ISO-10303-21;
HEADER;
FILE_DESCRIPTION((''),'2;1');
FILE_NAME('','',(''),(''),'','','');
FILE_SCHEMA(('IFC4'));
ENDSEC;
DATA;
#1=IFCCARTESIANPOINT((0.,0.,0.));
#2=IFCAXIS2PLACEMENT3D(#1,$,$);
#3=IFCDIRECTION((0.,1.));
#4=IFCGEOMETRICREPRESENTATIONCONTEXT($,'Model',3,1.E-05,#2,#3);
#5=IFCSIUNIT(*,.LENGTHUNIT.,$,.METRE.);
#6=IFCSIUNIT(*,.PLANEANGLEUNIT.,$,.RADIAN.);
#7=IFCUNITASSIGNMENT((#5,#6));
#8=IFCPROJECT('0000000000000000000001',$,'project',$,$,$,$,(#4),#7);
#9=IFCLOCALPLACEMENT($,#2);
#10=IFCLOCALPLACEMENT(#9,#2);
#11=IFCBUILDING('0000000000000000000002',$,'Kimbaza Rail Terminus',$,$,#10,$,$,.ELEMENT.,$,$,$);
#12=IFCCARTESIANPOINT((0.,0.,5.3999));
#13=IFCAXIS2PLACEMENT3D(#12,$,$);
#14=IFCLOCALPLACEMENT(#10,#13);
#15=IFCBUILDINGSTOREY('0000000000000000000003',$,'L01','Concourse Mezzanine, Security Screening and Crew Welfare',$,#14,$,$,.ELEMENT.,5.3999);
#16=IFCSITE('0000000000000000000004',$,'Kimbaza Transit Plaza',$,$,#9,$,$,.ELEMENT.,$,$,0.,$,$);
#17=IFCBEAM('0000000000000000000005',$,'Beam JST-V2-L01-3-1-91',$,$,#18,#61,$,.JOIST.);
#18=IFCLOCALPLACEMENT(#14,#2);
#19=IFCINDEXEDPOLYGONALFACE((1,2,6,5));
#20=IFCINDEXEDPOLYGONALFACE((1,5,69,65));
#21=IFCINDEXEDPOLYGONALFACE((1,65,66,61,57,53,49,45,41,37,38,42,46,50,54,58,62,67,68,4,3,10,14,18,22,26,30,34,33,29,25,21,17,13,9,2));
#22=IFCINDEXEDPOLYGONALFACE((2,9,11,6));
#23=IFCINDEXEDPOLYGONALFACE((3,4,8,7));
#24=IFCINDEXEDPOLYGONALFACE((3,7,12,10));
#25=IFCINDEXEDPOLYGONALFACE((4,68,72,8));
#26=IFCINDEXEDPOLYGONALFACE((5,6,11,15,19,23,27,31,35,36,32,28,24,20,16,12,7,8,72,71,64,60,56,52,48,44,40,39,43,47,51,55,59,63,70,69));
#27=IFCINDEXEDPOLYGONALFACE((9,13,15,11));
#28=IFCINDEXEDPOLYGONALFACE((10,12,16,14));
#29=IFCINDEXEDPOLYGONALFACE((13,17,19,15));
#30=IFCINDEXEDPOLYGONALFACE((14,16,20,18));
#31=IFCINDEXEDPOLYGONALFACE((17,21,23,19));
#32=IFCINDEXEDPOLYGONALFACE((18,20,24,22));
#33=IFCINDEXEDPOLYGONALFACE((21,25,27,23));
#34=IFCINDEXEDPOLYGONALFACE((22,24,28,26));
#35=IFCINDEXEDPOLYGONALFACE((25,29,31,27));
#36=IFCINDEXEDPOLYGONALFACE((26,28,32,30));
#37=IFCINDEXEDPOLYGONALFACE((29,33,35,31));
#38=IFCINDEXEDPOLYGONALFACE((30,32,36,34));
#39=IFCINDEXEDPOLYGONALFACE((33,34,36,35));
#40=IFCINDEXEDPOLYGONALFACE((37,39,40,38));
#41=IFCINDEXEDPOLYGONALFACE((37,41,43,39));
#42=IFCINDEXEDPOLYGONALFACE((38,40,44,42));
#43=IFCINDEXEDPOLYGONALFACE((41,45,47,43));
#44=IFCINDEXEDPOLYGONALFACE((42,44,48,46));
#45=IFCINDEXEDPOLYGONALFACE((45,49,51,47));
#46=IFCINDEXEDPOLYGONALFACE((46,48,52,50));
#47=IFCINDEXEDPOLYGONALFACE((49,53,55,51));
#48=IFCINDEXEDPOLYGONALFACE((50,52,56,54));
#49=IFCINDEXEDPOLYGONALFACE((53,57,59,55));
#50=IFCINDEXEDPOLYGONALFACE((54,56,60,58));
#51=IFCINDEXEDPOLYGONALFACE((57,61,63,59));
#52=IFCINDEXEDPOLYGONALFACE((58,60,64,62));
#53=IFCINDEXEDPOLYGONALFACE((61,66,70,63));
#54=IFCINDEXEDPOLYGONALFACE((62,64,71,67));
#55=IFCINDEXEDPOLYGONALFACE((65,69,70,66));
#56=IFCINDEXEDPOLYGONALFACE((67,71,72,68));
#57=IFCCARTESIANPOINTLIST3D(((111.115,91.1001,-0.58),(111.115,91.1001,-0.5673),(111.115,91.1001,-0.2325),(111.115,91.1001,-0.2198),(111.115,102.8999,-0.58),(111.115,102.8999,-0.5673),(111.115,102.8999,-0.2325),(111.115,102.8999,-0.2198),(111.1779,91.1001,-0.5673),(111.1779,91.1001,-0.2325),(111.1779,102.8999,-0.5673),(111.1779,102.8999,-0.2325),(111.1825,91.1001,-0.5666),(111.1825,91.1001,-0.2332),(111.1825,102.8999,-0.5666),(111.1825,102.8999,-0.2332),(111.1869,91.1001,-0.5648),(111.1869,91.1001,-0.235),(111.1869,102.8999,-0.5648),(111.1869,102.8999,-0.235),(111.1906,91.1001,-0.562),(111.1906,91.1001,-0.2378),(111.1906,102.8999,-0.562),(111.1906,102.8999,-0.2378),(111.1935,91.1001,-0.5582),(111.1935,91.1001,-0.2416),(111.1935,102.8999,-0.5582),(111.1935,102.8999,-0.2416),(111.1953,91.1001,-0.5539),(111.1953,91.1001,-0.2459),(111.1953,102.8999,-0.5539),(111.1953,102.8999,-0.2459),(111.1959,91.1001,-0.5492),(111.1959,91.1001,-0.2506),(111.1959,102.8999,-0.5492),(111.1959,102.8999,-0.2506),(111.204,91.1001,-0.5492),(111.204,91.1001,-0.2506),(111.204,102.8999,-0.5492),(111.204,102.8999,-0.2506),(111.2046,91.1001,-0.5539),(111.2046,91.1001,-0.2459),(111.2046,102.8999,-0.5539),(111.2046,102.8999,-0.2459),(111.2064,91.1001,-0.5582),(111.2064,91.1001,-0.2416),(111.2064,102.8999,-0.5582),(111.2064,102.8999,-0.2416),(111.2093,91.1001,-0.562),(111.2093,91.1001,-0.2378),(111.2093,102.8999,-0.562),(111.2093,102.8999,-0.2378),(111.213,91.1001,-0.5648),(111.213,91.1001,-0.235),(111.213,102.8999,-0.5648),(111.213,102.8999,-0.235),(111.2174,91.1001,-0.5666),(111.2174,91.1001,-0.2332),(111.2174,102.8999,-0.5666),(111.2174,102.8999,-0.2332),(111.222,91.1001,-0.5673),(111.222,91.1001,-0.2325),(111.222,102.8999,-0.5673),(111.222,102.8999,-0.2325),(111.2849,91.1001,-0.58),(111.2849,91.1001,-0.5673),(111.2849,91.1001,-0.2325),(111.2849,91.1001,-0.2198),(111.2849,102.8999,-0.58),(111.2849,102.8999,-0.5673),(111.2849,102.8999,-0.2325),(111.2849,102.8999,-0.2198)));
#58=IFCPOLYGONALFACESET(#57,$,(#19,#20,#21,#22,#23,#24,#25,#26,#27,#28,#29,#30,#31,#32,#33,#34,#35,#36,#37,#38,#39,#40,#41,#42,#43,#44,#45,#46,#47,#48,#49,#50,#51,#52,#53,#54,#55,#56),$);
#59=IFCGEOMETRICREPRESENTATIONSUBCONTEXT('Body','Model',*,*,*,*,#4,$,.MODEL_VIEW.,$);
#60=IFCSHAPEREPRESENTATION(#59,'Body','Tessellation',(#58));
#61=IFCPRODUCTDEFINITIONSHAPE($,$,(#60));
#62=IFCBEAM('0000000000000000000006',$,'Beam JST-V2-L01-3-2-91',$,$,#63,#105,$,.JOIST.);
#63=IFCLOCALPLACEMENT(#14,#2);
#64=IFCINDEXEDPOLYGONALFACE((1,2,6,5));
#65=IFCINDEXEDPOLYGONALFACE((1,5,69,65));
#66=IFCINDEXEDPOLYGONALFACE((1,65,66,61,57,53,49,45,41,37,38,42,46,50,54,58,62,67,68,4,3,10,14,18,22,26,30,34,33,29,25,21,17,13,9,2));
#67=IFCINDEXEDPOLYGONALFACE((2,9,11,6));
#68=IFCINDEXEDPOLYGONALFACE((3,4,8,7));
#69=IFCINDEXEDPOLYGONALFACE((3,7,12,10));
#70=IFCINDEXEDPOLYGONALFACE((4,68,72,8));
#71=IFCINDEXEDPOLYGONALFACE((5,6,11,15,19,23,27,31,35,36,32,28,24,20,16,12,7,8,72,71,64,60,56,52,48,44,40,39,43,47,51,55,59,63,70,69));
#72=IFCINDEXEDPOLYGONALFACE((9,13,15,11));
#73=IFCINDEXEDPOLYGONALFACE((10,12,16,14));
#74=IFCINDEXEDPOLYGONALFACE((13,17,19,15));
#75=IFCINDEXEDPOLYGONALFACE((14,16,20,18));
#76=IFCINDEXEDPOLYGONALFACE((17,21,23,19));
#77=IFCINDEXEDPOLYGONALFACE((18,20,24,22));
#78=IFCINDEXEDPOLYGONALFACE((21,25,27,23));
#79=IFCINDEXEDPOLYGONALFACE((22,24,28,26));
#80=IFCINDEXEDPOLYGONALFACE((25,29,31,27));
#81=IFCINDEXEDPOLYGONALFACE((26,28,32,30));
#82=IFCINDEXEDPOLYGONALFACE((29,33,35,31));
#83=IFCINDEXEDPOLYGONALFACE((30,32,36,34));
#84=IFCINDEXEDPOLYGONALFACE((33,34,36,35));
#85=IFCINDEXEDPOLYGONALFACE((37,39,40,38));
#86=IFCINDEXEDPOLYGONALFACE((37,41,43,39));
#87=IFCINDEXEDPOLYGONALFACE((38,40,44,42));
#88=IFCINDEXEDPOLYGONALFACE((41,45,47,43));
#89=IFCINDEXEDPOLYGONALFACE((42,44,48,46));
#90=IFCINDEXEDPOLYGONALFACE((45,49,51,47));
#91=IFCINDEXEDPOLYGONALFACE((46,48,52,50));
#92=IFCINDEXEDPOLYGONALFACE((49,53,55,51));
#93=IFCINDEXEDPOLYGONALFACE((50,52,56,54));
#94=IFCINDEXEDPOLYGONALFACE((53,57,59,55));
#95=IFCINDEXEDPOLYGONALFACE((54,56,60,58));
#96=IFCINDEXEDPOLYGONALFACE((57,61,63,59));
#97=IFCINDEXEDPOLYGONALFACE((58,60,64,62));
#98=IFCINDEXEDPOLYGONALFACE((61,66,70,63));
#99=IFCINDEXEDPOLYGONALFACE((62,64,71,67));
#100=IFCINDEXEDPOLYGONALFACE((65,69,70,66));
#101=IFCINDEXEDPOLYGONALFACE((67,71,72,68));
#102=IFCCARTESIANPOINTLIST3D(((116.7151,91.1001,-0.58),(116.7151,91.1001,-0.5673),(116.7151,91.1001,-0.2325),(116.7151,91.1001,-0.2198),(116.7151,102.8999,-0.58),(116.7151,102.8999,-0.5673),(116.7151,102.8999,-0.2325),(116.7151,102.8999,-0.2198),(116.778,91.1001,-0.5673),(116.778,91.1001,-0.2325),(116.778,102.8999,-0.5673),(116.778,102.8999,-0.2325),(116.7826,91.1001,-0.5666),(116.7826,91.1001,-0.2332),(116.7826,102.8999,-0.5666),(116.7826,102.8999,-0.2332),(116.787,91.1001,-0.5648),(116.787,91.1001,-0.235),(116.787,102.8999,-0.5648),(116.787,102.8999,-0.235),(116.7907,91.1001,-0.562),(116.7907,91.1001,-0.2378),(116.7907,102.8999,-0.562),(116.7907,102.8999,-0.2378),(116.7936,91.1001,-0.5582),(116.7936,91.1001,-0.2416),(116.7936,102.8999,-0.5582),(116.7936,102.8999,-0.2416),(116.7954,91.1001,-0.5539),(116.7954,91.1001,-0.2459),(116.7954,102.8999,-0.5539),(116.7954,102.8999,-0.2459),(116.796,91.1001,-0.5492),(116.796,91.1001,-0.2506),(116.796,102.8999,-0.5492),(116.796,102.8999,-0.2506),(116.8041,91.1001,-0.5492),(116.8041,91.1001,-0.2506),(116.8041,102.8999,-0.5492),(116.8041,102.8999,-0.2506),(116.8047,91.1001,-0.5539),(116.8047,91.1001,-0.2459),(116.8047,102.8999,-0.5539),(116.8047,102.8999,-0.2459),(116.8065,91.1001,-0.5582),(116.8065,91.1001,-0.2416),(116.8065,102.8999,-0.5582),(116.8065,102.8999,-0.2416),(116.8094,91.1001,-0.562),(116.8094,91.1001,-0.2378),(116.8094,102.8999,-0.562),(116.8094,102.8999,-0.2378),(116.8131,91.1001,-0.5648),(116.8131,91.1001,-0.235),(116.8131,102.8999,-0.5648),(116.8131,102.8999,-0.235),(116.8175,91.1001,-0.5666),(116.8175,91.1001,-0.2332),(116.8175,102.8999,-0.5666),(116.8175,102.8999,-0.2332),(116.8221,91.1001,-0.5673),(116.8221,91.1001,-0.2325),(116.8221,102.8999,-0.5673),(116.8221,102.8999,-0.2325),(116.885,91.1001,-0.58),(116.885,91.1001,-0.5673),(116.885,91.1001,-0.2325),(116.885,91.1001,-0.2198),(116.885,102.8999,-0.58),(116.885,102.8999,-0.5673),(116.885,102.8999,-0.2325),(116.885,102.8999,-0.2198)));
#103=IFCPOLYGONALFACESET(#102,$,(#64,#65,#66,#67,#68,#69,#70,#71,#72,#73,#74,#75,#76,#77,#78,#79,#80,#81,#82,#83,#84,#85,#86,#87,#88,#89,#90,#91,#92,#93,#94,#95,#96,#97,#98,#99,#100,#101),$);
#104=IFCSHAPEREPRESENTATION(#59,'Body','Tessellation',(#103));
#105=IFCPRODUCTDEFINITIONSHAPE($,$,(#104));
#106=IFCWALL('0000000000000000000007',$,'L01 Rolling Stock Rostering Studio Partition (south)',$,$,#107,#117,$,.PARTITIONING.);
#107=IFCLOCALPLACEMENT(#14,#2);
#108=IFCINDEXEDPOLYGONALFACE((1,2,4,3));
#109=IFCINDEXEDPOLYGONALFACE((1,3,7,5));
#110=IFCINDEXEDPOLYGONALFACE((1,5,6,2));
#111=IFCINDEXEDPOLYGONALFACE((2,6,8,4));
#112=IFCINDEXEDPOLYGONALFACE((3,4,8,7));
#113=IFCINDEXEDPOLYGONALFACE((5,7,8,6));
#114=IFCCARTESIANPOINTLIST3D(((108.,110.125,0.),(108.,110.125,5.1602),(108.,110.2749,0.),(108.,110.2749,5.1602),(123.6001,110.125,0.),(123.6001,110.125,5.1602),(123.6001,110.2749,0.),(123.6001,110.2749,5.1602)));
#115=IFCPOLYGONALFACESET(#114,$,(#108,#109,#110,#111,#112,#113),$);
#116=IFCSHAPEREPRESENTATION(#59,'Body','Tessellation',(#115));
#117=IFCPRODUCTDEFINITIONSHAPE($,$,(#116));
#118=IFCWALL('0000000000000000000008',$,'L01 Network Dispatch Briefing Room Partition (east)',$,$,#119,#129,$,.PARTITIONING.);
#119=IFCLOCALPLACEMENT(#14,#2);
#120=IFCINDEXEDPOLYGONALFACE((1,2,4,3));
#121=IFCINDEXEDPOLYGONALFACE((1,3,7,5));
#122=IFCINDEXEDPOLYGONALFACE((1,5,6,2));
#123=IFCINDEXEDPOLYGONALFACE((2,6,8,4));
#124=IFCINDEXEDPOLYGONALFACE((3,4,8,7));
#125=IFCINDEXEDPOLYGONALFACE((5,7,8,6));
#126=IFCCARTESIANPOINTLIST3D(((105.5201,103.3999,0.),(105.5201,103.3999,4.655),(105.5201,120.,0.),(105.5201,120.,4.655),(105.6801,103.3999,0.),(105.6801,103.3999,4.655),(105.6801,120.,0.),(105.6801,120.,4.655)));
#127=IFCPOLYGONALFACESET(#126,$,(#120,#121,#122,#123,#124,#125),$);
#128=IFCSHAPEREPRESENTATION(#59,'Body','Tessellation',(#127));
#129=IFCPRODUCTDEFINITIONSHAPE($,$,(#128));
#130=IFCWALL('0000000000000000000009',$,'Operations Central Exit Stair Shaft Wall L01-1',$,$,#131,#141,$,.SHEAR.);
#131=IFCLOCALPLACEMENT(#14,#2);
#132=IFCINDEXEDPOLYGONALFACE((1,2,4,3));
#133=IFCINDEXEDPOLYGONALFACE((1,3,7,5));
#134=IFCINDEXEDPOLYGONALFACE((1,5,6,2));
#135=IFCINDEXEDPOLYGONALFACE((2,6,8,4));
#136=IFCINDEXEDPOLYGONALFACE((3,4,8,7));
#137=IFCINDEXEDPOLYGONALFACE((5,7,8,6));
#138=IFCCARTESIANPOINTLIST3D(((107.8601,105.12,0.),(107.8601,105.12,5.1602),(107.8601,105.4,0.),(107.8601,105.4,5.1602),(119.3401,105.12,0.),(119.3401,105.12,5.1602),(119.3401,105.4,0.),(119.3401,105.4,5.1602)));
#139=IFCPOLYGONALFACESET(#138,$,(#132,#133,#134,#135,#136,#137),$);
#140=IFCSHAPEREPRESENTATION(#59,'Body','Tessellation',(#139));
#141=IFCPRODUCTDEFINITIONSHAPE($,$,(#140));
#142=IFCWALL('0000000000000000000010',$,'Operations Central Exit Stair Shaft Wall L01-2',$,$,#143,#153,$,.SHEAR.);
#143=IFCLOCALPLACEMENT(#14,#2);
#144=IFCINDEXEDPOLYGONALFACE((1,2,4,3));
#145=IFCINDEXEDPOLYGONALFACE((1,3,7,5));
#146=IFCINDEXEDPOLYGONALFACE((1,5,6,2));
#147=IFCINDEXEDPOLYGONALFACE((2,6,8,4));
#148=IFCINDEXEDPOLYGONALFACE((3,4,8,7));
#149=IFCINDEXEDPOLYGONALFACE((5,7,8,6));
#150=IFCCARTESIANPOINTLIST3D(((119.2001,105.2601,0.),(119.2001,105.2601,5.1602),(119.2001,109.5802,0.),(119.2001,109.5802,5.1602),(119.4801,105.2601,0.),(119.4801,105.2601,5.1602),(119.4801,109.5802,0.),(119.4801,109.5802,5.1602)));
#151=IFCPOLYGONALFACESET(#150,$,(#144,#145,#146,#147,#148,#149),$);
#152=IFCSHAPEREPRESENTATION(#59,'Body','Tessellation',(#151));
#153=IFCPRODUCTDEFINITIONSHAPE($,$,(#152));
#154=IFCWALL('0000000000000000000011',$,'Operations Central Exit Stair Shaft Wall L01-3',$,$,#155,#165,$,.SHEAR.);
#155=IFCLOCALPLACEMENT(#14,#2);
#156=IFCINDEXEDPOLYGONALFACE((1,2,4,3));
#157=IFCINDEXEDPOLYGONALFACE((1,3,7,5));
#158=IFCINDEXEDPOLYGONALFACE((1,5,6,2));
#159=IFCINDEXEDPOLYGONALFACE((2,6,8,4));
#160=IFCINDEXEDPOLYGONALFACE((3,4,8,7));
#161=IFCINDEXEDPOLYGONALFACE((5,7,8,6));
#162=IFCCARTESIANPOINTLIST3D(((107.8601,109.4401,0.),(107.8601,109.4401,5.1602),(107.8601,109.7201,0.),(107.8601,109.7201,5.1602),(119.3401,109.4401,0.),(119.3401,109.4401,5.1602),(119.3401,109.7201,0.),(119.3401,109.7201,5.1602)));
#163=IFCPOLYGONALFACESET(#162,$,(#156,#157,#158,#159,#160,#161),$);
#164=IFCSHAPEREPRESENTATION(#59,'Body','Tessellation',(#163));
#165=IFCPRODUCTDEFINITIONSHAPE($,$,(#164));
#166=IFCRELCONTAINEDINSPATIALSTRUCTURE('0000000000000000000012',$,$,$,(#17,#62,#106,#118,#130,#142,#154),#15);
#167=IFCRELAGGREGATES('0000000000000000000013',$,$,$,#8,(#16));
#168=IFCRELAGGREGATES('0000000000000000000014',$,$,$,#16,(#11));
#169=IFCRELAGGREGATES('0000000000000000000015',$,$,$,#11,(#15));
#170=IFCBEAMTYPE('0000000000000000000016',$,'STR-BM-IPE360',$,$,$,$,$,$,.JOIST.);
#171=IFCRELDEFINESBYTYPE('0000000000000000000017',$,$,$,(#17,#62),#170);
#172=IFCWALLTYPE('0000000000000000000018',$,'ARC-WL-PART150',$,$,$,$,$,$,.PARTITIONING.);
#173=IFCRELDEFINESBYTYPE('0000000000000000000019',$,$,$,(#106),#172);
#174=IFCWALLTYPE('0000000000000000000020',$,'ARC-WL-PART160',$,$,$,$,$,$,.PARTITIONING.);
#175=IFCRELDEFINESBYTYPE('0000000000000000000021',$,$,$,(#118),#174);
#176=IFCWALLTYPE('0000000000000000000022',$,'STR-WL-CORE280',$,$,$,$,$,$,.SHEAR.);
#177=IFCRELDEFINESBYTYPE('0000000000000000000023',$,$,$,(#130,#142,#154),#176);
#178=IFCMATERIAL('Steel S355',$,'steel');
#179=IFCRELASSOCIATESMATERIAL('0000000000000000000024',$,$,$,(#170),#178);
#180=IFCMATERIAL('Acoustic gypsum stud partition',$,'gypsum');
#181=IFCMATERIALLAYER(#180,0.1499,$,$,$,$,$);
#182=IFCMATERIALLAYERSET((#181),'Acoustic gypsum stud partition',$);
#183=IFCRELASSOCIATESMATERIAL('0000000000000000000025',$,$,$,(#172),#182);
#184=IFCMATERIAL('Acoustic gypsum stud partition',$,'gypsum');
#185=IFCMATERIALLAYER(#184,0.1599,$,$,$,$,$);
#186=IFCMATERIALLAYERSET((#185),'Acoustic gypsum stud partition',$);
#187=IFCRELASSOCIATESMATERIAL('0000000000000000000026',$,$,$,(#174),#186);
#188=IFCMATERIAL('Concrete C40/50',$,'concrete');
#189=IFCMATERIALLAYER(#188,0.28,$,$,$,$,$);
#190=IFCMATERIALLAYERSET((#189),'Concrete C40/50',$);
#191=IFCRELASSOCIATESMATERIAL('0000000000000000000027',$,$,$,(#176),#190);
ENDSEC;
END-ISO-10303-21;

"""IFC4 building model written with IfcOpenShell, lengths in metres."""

from ifc_helpers import new_model, si_unit, direction, frame, frame_2d, origin, origin_2d, place, context, subcontext, project, spatial, rectangle, i_section, extrude, material, layer, layer_set, material_profile, profile_set, type_object, element, save


model = new_model("IFC4")

# Units and contexts
model_context = context("Model", 3, precision=1e-05, world=origin(), true_north=direction((0.0, 1.0)))
body_context = subcontext(model_context, "Body", "Model", "MODEL_VIEW")
ifc_project = project(units=[si_unit("LENGTHUNIT", "METRE"), si_unit("PLANEANGLEUNIT", "RADIAN")], contexts=[model_context])

# Site, building, storey
site_placement = place(None, origin())
site = spatial("IfcSite", under=ifc_project, at=site_placement, Name="Kimbaza Transit Plaza", CompositionType="ELEMENT", RefElevation=0.0)
building_placement = place(site_placement, origin())
building = spatial("IfcBuilding", under=site, at=building_placement, Name="Kimbaza Rail Terminus", CompositionType="ELEMENT")
storey_placement = place(building_placement, frame((0.0, 0.0, 5.3999)))
storey = spatial("IfcBuildingStorey", under=building, at=storey_placement, Name="L01", Description="Concourse Mezzanine, Security Screening and Crew Welfare", CompositionType="ELEMENT", Elevation=5.3999)

# Beams
ifc_material_1 = material(Name="Steel S355", Category="steel")
ifc_material_profile_1 = material_profile(ifc_material_1, i_section(OverallWidth=0.1699, OverallDepth=0.3601, WebThickness=0.0081, FlangeThickness=0.0127, FilletRadius=0.0181, at=origin_2d()), Name="IPE 360")
ifc_profile_set_1 = profile_set([ifc_material_profile_1], Name="Steel S355")
beam_type_1 = type_object("IfcBeamType", Name="STR-BM-IPE360", PredefinedType="JOIST", material=ifc_profile_set_1)
for number, where, z_axis, x_axis, name in (
    (1, (111.2, 91.1001, -0.3999), (0.0, 1.0, 0.0), (-1.0, 0.0, 0.0), "Beam JST-V2-L01-3-1-91"),
    (2, (116.8, 91.1001, -0.3999), (0.0, 1.0, 0.0), (-1.0, 0.0, 0.0), "Beam JST-V2-L01-3-2-91"),
):
    element("IfcBeam", number, at=place(storey_placement, frame(where, z_axis=z_axis, x_axis=x_axis)), inside=storey, type_object=beam_type_1, Name=name, PredefinedType="JOIST", context=body_context, shape_type="SweptSolid", body=[
        extrude(i_section(OverallWidth=0.1699, OverallDepth=0.3601, WebThickness=0.0081, FlangeThickness=0.0127, FilletRadius=0.0181, at=origin_2d()), origin(), (0.0, 0.0, 1.0), 11.7998),
    ])

# Walls
ifc_material_2 = material(Name="Acoustic gypsum stud partition", Category="gypsum")
ifc_layer_1 = layer(ifc_material_2, 0.1499)
ifc_layer_set_1 = layer_set([ifc_layer_1], Name="Acoustic gypsum stud partition")
wall_type_1 = type_object("IfcWallType", Name="ARC-WL-PART150", PredefinedType="PARTITIONING", material=ifc_layer_set_1)
wall_1_placement = place(storey_placement, frame((108.0, 110.2, 0.0), z_axis=(0.0, 0.0, 1.0), x_axis=(1.0, 0.0, 0.0)))
element("IfcWall", 3, at=wall_1_placement, inside=storey, type_object=wall_type_1, Name="L01 Rolling Stock Rostering Studio Partition (south)", PredefinedType="PARTITIONING", context=body_context, shape_type="SweptSolid", body=[
    extrude(rectangle(XDim=15.6001, YDim=0.1499, at=frame_2d((7.8, 0.0))), origin(), (0.0, 0.0, 1.0), 5.1602),
])
ifc_material_3 = material(Name="Acoustic gypsum stud partition", Category="gypsum")
ifc_layer_2 = layer(ifc_material_3, 0.1599)
ifc_layer_set_2 = layer_set([ifc_layer_2], Name="Acoustic gypsum stud partition")
wall_type_2 = type_object("IfcWallType", Name="ARC-WL-PART160", PredefinedType="PARTITIONING", material=ifc_layer_set_2)
wall_2_placement = place(storey_placement, frame((105.6001, 103.3999, 0.0), z_axis=(0.0, 0.0, 1.0), x_axis=(0.0, 1.0, 0.0)))
element("IfcWall", 4, at=wall_2_placement, inside=storey, type_object=wall_type_2, Name="L01 Network Dispatch Briefing Room Partition (east)", PredefinedType="PARTITIONING", context=body_context, shape_type="SweptSolid", body=[
    extrude(rectangle(XDim=16.6001, YDim=0.1599, at=frame_2d((8.3, 0.0))), origin(), (0.0, 0.0, 1.0), 4.655),
])
ifc_material_4 = material(Name="Concrete C40/50", Category="concrete")
ifc_layer_3 = layer(ifc_material_4, 0.28)
ifc_layer_set_3 = layer_set([ifc_layer_3], Name="Concrete C40/50")
wall_type_3 = type_object("IfcWallType", Name="STR-WL-CORE280", PredefinedType="SHEAR", material=ifc_layer_set_3)
wall_3_placement = place(storey_placement, frame((107.8601, 105.26, 0.0), z_axis=(0.0, 0.0, 1.0), x_axis=(1.0, 0.0, 0.0)))
element("IfcWall", 5, at=wall_3_placement, inside=storey, type_object=wall_type_3, Name="Operations Central Exit Stair Shaft Wall L01-1", PredefinedType="SHEAR", context=body_context, shape_type="SweptSolid", body=[
    extrude(rectangle(XDim=11.48, YDim=0.28, at=frame_2d((5.74, 0.0))), origin(), (0.0, 0.0, 1.0), 5.1602),
])
wall_4_placement = place(storey_placement, frame((119.3401, 105.26, 0.0), z_axis=(0.0, 0.0, 1.0), x_axis=(0.0, 1.0, 0.0)))
element("IfcWall", 6, at=wall_4_placement, inside=storey, type_object=wall_type_3, Name="Operations Central Exit Stair Shaft Wall L01-2", PredefinedType="SHEAR", context=body_context, shape_type="SweptSolid", body=[
    extrude(rectangle(XDim=4.3201, YDim=0.28, at=frame_2d((2.1602, 0.0))), origin(), (0.0, 0.0, 1.0), 5.1602),
])
wall_5_placement = place(storey_placement, frame((119.3401, 109.5801, 0.0), z_axis=(0.0, 0.0, 1.0), x_axis=(-1.0, 0.0, 0.0)))
element("IfcWall", 7, at=wall_5_placement, inside=storey, type_object=wall_type_3, Name="Operations Central Exit Stair Shaft Wall L01-3", PredefinedType="SHEAR", context=body_context, shape_type="SweptSolid", body=[
    extrude(rectangle(XDim=11.48, YDim=0.28, at=frame_2d((5.74, 0.0))), origin(), (0.0, 0.0, 1.0), 5.1602),
])

save(model, "model.ifc")
